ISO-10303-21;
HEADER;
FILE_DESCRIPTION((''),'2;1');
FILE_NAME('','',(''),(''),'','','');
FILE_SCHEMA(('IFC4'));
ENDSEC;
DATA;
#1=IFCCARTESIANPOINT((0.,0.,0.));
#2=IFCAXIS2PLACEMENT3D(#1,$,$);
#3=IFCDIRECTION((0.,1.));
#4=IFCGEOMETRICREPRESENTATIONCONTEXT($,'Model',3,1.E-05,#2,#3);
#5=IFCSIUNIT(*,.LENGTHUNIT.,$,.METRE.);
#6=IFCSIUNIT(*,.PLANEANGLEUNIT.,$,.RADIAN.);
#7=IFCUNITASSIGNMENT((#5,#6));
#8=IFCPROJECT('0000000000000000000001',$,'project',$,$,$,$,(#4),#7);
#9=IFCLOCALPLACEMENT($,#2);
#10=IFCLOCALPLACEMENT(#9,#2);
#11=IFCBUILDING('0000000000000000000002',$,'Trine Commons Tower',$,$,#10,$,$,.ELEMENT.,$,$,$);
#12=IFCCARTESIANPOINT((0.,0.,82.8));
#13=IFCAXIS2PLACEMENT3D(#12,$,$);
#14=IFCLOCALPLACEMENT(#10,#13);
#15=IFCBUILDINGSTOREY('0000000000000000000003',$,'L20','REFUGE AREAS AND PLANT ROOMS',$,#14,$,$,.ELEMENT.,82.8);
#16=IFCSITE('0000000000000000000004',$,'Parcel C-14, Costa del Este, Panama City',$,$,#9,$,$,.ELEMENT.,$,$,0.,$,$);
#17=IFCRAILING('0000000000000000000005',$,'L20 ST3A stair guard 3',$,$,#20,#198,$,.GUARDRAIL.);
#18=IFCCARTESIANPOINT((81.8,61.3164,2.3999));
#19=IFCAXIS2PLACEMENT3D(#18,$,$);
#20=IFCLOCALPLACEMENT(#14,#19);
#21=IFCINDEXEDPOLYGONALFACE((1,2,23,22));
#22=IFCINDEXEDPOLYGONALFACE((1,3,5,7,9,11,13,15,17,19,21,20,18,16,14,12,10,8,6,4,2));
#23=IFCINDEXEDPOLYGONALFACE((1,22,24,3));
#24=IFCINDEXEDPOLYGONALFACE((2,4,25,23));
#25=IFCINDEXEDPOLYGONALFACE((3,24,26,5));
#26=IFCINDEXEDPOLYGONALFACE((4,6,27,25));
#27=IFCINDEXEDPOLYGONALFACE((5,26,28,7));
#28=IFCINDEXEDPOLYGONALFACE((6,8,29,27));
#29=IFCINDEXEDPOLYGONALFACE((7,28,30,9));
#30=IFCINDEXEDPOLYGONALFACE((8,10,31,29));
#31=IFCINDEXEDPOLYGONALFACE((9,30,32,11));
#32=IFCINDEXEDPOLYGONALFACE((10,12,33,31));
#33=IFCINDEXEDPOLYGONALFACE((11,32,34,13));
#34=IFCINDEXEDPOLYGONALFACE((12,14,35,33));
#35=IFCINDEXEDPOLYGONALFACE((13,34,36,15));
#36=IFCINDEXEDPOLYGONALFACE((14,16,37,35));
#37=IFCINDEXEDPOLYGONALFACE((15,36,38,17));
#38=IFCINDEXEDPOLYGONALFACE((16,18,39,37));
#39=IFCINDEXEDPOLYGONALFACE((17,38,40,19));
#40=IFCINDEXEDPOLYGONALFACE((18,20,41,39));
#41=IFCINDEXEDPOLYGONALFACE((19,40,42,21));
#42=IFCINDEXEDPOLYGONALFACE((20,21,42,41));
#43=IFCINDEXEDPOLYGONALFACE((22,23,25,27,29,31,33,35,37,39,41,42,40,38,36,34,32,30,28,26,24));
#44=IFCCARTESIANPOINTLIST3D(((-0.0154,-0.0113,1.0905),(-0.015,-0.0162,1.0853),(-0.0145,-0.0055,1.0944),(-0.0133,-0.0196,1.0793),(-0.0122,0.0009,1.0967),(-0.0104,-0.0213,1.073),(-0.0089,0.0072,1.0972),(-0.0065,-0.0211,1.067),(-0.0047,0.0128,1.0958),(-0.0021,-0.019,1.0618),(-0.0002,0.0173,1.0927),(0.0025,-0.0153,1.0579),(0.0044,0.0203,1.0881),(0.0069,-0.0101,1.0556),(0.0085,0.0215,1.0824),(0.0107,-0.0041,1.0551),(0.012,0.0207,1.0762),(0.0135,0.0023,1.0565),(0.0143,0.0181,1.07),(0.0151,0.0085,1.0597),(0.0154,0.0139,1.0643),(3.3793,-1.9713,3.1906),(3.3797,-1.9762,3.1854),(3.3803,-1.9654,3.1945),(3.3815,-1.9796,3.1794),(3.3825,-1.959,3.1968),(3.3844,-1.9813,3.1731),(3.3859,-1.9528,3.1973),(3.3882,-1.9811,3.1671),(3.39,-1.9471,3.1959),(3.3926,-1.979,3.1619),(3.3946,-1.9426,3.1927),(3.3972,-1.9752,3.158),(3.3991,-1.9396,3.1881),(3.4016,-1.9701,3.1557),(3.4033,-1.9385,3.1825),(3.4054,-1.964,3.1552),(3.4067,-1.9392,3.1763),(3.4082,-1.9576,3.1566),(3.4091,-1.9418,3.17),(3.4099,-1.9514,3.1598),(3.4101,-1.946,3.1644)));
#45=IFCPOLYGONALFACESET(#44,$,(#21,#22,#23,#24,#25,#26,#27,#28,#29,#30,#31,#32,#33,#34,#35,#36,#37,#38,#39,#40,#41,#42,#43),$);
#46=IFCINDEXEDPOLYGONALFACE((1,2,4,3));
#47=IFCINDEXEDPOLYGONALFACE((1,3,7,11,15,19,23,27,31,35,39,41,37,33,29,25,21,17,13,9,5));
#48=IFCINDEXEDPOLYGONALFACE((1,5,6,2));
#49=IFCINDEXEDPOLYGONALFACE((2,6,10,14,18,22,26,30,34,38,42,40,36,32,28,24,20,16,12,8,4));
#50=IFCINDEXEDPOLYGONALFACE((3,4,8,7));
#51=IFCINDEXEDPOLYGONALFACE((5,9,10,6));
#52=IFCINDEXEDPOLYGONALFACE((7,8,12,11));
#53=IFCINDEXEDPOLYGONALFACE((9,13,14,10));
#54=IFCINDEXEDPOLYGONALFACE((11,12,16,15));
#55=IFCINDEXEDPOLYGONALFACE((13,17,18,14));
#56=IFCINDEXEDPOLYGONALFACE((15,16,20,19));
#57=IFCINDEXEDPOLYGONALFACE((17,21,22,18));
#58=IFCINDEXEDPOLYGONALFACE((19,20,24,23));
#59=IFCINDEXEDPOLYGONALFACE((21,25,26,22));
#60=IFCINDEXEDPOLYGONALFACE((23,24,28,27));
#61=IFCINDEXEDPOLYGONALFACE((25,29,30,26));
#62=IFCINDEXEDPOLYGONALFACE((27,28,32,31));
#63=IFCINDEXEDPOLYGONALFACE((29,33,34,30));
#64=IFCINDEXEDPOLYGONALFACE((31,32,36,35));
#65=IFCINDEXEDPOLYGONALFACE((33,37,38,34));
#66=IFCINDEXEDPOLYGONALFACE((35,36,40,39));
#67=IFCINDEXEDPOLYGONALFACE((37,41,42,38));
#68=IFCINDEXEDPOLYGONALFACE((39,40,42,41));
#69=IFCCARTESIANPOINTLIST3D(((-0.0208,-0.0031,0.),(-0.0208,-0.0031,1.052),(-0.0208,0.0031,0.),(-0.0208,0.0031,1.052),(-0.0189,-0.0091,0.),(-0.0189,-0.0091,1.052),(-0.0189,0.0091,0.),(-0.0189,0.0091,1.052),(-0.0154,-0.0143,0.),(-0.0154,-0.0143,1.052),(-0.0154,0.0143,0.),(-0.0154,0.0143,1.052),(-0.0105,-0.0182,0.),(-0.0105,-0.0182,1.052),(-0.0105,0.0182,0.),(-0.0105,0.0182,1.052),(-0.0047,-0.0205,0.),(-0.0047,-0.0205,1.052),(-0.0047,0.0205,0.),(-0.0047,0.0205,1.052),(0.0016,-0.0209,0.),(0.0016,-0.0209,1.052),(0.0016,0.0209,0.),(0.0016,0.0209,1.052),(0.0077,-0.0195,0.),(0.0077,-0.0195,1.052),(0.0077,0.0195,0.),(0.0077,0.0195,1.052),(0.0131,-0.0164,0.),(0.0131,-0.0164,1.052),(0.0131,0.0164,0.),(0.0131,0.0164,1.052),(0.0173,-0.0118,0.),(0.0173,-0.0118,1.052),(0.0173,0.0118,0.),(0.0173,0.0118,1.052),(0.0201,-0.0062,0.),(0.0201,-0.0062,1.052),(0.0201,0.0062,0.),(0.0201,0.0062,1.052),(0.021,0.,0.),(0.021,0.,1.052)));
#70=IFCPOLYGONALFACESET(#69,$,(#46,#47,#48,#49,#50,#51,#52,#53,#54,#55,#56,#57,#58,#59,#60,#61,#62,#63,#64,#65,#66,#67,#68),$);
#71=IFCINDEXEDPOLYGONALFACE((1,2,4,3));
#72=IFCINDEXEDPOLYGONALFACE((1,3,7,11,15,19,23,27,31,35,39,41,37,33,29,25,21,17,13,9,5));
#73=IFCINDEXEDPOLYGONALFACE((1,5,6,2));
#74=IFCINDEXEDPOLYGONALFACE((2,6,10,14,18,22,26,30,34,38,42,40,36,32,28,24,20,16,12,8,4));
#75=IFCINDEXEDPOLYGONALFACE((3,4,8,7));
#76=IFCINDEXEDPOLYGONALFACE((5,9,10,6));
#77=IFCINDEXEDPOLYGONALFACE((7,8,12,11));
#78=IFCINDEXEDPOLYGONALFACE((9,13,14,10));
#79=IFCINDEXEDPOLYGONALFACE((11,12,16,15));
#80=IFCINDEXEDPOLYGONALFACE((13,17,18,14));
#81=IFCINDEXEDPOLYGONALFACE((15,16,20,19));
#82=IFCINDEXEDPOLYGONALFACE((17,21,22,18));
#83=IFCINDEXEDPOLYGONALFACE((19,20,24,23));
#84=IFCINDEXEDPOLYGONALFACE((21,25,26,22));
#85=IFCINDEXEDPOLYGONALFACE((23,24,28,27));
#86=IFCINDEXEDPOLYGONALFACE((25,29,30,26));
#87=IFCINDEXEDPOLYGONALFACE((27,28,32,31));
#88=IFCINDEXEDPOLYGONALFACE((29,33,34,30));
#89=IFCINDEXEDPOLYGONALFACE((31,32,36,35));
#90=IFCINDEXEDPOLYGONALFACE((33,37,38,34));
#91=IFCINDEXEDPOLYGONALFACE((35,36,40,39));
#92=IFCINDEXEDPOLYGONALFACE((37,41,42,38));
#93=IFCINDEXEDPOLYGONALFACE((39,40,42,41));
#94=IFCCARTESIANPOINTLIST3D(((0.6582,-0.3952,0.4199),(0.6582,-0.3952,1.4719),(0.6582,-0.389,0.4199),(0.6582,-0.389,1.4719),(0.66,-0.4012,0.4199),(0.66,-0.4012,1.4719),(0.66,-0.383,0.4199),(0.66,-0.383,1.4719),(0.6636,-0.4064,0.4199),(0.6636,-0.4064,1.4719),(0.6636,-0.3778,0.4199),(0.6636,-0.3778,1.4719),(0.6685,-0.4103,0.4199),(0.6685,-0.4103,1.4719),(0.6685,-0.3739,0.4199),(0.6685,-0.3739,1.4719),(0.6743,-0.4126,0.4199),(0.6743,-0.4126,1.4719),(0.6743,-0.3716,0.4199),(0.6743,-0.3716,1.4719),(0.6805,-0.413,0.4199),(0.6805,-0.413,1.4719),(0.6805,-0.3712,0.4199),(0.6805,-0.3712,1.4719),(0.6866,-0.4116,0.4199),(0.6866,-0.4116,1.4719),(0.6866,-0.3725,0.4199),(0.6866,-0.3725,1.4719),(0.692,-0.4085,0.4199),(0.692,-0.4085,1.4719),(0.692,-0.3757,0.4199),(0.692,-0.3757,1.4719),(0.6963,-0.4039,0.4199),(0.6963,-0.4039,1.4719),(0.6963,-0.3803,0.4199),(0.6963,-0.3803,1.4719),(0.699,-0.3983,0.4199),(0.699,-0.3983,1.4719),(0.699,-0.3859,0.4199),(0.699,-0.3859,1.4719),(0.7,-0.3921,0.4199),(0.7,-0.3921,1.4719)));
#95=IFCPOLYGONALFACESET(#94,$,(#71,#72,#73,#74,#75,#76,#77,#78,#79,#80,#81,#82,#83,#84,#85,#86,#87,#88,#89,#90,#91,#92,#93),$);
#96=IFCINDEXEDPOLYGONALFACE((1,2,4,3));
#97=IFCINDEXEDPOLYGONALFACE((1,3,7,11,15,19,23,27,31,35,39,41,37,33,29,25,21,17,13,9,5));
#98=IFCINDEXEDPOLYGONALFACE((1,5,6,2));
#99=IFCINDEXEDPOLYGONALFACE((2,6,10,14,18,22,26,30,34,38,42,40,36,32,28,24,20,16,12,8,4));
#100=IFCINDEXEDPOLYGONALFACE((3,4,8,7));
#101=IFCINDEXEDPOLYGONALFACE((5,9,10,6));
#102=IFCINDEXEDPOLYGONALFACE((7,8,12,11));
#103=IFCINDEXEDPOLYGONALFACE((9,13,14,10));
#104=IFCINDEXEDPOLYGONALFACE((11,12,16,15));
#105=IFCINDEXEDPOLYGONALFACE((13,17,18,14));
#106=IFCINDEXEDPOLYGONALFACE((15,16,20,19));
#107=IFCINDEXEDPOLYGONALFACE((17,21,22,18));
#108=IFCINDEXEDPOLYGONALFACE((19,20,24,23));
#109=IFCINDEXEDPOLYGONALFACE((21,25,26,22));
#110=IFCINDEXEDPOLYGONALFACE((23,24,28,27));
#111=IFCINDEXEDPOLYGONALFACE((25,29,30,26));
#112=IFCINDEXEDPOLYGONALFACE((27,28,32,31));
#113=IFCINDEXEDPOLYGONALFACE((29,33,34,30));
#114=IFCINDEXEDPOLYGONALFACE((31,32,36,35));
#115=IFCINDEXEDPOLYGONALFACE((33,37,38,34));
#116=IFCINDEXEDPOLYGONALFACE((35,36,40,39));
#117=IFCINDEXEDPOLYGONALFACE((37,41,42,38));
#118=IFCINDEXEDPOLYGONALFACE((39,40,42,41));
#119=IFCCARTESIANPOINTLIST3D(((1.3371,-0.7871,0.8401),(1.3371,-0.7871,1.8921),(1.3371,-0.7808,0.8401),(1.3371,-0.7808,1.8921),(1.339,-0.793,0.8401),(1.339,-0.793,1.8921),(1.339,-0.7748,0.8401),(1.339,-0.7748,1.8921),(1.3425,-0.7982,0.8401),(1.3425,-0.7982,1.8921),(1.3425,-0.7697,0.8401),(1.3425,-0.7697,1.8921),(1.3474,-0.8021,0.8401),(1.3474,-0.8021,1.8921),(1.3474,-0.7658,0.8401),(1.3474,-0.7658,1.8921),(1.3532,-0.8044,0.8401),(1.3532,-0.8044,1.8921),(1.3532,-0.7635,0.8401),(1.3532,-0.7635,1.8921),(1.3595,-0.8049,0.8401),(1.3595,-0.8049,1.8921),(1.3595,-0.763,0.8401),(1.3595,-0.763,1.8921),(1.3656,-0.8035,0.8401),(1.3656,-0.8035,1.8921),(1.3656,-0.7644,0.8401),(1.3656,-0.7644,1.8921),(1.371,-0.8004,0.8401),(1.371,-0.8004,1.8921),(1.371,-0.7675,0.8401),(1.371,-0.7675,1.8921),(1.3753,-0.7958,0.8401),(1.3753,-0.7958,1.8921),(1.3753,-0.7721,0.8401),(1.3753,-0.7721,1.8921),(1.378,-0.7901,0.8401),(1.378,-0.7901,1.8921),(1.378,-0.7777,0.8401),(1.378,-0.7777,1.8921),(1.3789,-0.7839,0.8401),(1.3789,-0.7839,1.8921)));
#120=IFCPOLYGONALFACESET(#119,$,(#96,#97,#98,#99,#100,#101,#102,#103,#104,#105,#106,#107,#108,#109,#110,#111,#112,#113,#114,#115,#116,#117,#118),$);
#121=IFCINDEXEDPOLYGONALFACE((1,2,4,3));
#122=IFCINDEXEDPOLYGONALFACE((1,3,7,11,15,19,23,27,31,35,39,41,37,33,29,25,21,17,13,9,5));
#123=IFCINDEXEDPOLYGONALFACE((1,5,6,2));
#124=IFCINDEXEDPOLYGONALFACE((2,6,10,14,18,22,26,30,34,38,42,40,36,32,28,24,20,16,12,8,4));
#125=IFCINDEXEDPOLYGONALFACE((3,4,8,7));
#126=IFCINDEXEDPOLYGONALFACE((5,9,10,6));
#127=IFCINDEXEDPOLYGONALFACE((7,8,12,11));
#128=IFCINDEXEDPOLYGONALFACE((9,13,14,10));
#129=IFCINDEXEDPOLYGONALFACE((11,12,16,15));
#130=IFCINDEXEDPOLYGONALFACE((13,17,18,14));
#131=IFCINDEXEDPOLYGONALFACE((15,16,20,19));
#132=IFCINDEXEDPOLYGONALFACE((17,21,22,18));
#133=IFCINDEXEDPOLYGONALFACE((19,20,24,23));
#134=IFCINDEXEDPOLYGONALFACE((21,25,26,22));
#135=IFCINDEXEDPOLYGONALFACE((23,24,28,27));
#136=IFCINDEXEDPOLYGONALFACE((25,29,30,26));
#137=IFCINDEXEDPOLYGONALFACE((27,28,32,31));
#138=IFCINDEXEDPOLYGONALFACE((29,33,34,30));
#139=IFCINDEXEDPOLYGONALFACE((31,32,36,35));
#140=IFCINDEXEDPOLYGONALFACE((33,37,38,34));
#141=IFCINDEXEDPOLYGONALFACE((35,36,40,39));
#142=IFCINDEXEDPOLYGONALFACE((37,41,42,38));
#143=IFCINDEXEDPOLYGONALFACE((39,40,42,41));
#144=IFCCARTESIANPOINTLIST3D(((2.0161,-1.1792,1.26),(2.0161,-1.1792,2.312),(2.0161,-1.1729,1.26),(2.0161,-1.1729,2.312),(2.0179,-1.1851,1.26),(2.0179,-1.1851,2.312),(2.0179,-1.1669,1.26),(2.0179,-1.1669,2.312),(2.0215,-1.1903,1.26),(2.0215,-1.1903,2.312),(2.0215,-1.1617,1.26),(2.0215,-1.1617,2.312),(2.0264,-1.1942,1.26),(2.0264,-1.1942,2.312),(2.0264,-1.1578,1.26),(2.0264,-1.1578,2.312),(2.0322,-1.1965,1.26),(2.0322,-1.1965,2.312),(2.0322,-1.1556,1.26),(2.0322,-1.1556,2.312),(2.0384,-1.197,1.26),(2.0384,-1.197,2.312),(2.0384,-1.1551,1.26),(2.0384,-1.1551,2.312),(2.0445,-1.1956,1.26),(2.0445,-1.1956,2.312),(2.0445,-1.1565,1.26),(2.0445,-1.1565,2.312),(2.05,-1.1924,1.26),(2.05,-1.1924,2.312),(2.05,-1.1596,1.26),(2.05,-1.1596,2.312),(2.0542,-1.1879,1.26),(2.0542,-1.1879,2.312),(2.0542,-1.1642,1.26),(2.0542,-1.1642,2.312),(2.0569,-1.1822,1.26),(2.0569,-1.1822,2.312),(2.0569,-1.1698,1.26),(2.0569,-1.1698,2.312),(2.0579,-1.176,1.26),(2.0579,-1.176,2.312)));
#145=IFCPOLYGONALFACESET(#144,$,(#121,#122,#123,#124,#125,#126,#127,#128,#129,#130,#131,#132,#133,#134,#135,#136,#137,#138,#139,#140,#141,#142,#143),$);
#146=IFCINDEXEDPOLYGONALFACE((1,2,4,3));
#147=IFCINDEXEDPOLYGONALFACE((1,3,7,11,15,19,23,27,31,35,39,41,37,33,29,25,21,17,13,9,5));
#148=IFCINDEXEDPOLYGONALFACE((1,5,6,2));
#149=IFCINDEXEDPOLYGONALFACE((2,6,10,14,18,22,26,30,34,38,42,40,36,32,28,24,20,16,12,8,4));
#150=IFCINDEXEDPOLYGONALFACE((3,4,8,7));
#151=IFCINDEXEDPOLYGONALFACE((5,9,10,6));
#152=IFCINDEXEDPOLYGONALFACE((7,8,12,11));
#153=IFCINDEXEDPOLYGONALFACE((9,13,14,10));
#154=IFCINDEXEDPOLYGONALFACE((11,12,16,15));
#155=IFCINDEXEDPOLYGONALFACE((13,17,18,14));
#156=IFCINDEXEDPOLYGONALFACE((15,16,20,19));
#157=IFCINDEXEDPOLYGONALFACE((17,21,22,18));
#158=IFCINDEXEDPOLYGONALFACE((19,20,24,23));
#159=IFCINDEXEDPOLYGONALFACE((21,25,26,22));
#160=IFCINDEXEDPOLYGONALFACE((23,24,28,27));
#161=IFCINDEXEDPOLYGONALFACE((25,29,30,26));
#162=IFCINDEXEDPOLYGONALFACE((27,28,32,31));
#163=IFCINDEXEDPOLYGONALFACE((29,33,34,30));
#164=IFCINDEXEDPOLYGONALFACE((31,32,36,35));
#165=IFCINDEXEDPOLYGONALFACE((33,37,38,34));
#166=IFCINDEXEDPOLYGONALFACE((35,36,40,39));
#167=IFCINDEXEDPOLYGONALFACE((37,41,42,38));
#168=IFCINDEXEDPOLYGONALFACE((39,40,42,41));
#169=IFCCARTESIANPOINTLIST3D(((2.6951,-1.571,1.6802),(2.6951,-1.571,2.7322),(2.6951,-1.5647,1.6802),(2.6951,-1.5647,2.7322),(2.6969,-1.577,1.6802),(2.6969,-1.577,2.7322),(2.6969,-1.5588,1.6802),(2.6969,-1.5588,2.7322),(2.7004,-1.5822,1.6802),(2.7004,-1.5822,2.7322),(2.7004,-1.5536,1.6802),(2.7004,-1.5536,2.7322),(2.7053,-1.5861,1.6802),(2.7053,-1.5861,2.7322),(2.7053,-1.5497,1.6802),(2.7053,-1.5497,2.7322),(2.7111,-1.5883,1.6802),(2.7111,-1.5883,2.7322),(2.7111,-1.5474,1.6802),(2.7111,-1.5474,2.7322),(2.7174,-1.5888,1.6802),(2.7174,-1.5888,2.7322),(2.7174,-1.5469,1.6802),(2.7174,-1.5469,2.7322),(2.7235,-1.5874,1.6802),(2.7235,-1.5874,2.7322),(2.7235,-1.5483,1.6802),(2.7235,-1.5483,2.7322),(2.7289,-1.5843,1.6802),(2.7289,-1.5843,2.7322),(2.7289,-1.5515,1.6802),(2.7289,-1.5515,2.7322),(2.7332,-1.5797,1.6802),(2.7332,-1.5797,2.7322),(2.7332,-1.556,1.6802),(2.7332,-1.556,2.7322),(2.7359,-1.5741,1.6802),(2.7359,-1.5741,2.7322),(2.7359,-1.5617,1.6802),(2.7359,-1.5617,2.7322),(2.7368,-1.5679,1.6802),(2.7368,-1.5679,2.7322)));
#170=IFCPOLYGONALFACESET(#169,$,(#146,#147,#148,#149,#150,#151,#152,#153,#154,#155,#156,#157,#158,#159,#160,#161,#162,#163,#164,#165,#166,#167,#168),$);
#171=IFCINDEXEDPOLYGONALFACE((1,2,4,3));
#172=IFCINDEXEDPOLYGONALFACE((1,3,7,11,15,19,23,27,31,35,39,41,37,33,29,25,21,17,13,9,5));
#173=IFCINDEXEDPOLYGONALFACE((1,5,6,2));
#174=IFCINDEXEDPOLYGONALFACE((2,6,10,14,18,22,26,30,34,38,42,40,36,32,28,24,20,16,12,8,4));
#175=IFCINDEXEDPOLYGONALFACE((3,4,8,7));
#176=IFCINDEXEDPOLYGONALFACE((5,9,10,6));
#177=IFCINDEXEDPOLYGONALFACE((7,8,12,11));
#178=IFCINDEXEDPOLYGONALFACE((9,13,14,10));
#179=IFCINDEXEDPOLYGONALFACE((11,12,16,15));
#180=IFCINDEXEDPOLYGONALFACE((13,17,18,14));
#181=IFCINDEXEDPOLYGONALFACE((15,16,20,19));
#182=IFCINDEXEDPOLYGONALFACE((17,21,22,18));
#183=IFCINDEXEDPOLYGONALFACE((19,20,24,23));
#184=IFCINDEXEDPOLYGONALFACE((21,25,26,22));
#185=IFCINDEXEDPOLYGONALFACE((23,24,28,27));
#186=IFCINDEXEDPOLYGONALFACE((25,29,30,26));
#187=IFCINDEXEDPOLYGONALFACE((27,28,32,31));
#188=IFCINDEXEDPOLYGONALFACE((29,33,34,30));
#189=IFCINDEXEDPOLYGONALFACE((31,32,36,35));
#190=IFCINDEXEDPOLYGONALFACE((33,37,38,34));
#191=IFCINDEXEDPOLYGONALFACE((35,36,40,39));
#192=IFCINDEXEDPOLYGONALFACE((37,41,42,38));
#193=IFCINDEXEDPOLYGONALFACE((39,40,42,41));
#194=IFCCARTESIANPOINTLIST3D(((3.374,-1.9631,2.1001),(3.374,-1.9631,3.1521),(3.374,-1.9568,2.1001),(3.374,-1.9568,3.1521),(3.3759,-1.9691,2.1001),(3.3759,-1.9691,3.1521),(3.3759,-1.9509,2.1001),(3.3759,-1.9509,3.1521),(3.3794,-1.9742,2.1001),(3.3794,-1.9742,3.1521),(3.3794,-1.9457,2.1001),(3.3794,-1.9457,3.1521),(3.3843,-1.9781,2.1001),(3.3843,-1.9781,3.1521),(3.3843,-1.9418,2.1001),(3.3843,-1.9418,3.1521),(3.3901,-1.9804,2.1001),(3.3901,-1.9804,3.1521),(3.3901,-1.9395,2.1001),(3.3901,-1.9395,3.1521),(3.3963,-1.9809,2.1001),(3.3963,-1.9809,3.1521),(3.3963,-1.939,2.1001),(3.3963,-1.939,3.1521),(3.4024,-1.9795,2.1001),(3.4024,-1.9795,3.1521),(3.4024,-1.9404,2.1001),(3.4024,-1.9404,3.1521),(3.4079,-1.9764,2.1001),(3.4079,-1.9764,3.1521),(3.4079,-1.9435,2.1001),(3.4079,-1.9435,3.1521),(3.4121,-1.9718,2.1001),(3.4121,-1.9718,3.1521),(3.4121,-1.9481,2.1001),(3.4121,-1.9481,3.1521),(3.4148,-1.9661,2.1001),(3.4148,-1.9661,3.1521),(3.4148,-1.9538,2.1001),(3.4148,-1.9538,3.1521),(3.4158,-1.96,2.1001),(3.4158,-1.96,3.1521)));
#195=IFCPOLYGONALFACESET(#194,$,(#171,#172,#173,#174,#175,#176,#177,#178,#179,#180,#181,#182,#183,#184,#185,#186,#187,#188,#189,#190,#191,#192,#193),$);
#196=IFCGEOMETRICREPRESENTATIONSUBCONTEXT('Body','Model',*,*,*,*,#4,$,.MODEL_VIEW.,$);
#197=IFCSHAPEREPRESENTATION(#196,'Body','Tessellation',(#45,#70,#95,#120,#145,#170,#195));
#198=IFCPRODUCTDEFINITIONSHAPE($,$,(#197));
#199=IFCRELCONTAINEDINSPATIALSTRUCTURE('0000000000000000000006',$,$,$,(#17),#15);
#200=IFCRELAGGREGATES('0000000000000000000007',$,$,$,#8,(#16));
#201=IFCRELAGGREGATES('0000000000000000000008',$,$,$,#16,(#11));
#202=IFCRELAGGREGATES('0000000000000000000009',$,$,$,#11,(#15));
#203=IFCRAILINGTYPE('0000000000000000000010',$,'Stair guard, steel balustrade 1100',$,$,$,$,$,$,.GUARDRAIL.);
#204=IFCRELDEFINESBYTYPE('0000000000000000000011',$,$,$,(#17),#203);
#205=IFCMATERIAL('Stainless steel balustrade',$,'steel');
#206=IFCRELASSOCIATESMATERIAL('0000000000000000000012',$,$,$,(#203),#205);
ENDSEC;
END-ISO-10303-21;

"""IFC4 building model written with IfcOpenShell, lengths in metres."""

from ifc_helpers import new_model, si_unit, direction, frame, origin, origin_2d, place, context, subcontext, project, spatial, circle, extrude, material, type_object, element, save


model = new_model("IFC4")

# Units and contexts
model_context = context("Model", 3, precision=1e-05, world=origin(), true_north=direction((0.0, 1.0)))
body_context = subcontext(model_context, "Body", "Model", "MODEL_VIEW")
ifc_project = project(units=[si_unit("LENGTHUNIT", "METRE"), si_unit("PLANEANGLEUNIT", "RADIAN")], contexts=[model_context])

# Site, building, storey
site_placement = place(None, origin())
site = spatial("IfcSite", under=ifc_project, at=site_placement, Name="Parcel C-14, Costa del Este, Panama City", CompositionType="ELEMENT", RefElevation=0.0)
building_placement = place(site_placement, origin())
building = spatial("IfcBuilding", under=site, at=building_placement, Name="Trine Commons Tower", CompositionType="ELEMENT")
storey_placement = place(building_placement, frame((0.0, 0.0, 82.8)))
storey = spatial("IfcBuildingStorey", under=building, at=storey_placement, Name="L20", Description="REFUGE AREAS AND PLANT ROOMS", CompositionType="ELEMENT", Elevation=82.8)

# Railing
ifc_material_1 = material(Name="Stainless steel balustrade", Category="steel")
railing_type_1 = type_object("IfcRailingType", Name="Stair guard, steel balustrade 1100", PredefinedType="GUARDRAIL", material=ifc_material_1)
railing_1_placement = place(storey_placement, frame((81.8, 61.3164, 2.3999)))
element("IfcRailing", 1, at=railing_1_placement, inside=storey, type_object=railing_type_1, Name="L20 ST3A stair guard 3", PredefinedType="GUARDRAIL", context=body_context, shape_type="SweptSolid", body=[
    extrude(circle(Radius=0.0239, at=origin_2d()), frame((0.0, 0.0, 1.0762), z_axis=(0.763375, -0.440732, 0.472244), x_axis=(0.499997, 0.866027, 0.0)), (0.0, 0.0, 1.0), 4.447),
    extrude(circle(Radius=0.021, at=origin_2d()), origin(), (0.0, 0.0, 1.0), 1.052),
    extrude(circle(Radius=0.021, at=origin_2d()), frame((0.679, -0.3921, 0.4199)), (0.0, 0.0, 1.0), 1.052),
    extrude(circle(Radius=0.021, at=origin_2d()), frame((1.3579, -0.7839, 0.8401)), (0.0, 0.0, 1.0), 1.052),
    extrude(circle(Radius=0.021, at=origin_2d()), frame((2.0369, -1.176, 1.26)), (0.0, 0.0, 1.0), 1.052),
    extrude(circle(Radius=0.021, at=origin_2d()), frame((2.7158, -1.5679, 1.6802)), (0.0, 0.0, 1.0), 1.052),
    extrude(circle(Radius=0.021, at=origin_2d()), frame((3.3948, -1.96, 2.1001)), (0.0, 0.0, 1.0), 1.052),
])

save(model, "model.ifc")
